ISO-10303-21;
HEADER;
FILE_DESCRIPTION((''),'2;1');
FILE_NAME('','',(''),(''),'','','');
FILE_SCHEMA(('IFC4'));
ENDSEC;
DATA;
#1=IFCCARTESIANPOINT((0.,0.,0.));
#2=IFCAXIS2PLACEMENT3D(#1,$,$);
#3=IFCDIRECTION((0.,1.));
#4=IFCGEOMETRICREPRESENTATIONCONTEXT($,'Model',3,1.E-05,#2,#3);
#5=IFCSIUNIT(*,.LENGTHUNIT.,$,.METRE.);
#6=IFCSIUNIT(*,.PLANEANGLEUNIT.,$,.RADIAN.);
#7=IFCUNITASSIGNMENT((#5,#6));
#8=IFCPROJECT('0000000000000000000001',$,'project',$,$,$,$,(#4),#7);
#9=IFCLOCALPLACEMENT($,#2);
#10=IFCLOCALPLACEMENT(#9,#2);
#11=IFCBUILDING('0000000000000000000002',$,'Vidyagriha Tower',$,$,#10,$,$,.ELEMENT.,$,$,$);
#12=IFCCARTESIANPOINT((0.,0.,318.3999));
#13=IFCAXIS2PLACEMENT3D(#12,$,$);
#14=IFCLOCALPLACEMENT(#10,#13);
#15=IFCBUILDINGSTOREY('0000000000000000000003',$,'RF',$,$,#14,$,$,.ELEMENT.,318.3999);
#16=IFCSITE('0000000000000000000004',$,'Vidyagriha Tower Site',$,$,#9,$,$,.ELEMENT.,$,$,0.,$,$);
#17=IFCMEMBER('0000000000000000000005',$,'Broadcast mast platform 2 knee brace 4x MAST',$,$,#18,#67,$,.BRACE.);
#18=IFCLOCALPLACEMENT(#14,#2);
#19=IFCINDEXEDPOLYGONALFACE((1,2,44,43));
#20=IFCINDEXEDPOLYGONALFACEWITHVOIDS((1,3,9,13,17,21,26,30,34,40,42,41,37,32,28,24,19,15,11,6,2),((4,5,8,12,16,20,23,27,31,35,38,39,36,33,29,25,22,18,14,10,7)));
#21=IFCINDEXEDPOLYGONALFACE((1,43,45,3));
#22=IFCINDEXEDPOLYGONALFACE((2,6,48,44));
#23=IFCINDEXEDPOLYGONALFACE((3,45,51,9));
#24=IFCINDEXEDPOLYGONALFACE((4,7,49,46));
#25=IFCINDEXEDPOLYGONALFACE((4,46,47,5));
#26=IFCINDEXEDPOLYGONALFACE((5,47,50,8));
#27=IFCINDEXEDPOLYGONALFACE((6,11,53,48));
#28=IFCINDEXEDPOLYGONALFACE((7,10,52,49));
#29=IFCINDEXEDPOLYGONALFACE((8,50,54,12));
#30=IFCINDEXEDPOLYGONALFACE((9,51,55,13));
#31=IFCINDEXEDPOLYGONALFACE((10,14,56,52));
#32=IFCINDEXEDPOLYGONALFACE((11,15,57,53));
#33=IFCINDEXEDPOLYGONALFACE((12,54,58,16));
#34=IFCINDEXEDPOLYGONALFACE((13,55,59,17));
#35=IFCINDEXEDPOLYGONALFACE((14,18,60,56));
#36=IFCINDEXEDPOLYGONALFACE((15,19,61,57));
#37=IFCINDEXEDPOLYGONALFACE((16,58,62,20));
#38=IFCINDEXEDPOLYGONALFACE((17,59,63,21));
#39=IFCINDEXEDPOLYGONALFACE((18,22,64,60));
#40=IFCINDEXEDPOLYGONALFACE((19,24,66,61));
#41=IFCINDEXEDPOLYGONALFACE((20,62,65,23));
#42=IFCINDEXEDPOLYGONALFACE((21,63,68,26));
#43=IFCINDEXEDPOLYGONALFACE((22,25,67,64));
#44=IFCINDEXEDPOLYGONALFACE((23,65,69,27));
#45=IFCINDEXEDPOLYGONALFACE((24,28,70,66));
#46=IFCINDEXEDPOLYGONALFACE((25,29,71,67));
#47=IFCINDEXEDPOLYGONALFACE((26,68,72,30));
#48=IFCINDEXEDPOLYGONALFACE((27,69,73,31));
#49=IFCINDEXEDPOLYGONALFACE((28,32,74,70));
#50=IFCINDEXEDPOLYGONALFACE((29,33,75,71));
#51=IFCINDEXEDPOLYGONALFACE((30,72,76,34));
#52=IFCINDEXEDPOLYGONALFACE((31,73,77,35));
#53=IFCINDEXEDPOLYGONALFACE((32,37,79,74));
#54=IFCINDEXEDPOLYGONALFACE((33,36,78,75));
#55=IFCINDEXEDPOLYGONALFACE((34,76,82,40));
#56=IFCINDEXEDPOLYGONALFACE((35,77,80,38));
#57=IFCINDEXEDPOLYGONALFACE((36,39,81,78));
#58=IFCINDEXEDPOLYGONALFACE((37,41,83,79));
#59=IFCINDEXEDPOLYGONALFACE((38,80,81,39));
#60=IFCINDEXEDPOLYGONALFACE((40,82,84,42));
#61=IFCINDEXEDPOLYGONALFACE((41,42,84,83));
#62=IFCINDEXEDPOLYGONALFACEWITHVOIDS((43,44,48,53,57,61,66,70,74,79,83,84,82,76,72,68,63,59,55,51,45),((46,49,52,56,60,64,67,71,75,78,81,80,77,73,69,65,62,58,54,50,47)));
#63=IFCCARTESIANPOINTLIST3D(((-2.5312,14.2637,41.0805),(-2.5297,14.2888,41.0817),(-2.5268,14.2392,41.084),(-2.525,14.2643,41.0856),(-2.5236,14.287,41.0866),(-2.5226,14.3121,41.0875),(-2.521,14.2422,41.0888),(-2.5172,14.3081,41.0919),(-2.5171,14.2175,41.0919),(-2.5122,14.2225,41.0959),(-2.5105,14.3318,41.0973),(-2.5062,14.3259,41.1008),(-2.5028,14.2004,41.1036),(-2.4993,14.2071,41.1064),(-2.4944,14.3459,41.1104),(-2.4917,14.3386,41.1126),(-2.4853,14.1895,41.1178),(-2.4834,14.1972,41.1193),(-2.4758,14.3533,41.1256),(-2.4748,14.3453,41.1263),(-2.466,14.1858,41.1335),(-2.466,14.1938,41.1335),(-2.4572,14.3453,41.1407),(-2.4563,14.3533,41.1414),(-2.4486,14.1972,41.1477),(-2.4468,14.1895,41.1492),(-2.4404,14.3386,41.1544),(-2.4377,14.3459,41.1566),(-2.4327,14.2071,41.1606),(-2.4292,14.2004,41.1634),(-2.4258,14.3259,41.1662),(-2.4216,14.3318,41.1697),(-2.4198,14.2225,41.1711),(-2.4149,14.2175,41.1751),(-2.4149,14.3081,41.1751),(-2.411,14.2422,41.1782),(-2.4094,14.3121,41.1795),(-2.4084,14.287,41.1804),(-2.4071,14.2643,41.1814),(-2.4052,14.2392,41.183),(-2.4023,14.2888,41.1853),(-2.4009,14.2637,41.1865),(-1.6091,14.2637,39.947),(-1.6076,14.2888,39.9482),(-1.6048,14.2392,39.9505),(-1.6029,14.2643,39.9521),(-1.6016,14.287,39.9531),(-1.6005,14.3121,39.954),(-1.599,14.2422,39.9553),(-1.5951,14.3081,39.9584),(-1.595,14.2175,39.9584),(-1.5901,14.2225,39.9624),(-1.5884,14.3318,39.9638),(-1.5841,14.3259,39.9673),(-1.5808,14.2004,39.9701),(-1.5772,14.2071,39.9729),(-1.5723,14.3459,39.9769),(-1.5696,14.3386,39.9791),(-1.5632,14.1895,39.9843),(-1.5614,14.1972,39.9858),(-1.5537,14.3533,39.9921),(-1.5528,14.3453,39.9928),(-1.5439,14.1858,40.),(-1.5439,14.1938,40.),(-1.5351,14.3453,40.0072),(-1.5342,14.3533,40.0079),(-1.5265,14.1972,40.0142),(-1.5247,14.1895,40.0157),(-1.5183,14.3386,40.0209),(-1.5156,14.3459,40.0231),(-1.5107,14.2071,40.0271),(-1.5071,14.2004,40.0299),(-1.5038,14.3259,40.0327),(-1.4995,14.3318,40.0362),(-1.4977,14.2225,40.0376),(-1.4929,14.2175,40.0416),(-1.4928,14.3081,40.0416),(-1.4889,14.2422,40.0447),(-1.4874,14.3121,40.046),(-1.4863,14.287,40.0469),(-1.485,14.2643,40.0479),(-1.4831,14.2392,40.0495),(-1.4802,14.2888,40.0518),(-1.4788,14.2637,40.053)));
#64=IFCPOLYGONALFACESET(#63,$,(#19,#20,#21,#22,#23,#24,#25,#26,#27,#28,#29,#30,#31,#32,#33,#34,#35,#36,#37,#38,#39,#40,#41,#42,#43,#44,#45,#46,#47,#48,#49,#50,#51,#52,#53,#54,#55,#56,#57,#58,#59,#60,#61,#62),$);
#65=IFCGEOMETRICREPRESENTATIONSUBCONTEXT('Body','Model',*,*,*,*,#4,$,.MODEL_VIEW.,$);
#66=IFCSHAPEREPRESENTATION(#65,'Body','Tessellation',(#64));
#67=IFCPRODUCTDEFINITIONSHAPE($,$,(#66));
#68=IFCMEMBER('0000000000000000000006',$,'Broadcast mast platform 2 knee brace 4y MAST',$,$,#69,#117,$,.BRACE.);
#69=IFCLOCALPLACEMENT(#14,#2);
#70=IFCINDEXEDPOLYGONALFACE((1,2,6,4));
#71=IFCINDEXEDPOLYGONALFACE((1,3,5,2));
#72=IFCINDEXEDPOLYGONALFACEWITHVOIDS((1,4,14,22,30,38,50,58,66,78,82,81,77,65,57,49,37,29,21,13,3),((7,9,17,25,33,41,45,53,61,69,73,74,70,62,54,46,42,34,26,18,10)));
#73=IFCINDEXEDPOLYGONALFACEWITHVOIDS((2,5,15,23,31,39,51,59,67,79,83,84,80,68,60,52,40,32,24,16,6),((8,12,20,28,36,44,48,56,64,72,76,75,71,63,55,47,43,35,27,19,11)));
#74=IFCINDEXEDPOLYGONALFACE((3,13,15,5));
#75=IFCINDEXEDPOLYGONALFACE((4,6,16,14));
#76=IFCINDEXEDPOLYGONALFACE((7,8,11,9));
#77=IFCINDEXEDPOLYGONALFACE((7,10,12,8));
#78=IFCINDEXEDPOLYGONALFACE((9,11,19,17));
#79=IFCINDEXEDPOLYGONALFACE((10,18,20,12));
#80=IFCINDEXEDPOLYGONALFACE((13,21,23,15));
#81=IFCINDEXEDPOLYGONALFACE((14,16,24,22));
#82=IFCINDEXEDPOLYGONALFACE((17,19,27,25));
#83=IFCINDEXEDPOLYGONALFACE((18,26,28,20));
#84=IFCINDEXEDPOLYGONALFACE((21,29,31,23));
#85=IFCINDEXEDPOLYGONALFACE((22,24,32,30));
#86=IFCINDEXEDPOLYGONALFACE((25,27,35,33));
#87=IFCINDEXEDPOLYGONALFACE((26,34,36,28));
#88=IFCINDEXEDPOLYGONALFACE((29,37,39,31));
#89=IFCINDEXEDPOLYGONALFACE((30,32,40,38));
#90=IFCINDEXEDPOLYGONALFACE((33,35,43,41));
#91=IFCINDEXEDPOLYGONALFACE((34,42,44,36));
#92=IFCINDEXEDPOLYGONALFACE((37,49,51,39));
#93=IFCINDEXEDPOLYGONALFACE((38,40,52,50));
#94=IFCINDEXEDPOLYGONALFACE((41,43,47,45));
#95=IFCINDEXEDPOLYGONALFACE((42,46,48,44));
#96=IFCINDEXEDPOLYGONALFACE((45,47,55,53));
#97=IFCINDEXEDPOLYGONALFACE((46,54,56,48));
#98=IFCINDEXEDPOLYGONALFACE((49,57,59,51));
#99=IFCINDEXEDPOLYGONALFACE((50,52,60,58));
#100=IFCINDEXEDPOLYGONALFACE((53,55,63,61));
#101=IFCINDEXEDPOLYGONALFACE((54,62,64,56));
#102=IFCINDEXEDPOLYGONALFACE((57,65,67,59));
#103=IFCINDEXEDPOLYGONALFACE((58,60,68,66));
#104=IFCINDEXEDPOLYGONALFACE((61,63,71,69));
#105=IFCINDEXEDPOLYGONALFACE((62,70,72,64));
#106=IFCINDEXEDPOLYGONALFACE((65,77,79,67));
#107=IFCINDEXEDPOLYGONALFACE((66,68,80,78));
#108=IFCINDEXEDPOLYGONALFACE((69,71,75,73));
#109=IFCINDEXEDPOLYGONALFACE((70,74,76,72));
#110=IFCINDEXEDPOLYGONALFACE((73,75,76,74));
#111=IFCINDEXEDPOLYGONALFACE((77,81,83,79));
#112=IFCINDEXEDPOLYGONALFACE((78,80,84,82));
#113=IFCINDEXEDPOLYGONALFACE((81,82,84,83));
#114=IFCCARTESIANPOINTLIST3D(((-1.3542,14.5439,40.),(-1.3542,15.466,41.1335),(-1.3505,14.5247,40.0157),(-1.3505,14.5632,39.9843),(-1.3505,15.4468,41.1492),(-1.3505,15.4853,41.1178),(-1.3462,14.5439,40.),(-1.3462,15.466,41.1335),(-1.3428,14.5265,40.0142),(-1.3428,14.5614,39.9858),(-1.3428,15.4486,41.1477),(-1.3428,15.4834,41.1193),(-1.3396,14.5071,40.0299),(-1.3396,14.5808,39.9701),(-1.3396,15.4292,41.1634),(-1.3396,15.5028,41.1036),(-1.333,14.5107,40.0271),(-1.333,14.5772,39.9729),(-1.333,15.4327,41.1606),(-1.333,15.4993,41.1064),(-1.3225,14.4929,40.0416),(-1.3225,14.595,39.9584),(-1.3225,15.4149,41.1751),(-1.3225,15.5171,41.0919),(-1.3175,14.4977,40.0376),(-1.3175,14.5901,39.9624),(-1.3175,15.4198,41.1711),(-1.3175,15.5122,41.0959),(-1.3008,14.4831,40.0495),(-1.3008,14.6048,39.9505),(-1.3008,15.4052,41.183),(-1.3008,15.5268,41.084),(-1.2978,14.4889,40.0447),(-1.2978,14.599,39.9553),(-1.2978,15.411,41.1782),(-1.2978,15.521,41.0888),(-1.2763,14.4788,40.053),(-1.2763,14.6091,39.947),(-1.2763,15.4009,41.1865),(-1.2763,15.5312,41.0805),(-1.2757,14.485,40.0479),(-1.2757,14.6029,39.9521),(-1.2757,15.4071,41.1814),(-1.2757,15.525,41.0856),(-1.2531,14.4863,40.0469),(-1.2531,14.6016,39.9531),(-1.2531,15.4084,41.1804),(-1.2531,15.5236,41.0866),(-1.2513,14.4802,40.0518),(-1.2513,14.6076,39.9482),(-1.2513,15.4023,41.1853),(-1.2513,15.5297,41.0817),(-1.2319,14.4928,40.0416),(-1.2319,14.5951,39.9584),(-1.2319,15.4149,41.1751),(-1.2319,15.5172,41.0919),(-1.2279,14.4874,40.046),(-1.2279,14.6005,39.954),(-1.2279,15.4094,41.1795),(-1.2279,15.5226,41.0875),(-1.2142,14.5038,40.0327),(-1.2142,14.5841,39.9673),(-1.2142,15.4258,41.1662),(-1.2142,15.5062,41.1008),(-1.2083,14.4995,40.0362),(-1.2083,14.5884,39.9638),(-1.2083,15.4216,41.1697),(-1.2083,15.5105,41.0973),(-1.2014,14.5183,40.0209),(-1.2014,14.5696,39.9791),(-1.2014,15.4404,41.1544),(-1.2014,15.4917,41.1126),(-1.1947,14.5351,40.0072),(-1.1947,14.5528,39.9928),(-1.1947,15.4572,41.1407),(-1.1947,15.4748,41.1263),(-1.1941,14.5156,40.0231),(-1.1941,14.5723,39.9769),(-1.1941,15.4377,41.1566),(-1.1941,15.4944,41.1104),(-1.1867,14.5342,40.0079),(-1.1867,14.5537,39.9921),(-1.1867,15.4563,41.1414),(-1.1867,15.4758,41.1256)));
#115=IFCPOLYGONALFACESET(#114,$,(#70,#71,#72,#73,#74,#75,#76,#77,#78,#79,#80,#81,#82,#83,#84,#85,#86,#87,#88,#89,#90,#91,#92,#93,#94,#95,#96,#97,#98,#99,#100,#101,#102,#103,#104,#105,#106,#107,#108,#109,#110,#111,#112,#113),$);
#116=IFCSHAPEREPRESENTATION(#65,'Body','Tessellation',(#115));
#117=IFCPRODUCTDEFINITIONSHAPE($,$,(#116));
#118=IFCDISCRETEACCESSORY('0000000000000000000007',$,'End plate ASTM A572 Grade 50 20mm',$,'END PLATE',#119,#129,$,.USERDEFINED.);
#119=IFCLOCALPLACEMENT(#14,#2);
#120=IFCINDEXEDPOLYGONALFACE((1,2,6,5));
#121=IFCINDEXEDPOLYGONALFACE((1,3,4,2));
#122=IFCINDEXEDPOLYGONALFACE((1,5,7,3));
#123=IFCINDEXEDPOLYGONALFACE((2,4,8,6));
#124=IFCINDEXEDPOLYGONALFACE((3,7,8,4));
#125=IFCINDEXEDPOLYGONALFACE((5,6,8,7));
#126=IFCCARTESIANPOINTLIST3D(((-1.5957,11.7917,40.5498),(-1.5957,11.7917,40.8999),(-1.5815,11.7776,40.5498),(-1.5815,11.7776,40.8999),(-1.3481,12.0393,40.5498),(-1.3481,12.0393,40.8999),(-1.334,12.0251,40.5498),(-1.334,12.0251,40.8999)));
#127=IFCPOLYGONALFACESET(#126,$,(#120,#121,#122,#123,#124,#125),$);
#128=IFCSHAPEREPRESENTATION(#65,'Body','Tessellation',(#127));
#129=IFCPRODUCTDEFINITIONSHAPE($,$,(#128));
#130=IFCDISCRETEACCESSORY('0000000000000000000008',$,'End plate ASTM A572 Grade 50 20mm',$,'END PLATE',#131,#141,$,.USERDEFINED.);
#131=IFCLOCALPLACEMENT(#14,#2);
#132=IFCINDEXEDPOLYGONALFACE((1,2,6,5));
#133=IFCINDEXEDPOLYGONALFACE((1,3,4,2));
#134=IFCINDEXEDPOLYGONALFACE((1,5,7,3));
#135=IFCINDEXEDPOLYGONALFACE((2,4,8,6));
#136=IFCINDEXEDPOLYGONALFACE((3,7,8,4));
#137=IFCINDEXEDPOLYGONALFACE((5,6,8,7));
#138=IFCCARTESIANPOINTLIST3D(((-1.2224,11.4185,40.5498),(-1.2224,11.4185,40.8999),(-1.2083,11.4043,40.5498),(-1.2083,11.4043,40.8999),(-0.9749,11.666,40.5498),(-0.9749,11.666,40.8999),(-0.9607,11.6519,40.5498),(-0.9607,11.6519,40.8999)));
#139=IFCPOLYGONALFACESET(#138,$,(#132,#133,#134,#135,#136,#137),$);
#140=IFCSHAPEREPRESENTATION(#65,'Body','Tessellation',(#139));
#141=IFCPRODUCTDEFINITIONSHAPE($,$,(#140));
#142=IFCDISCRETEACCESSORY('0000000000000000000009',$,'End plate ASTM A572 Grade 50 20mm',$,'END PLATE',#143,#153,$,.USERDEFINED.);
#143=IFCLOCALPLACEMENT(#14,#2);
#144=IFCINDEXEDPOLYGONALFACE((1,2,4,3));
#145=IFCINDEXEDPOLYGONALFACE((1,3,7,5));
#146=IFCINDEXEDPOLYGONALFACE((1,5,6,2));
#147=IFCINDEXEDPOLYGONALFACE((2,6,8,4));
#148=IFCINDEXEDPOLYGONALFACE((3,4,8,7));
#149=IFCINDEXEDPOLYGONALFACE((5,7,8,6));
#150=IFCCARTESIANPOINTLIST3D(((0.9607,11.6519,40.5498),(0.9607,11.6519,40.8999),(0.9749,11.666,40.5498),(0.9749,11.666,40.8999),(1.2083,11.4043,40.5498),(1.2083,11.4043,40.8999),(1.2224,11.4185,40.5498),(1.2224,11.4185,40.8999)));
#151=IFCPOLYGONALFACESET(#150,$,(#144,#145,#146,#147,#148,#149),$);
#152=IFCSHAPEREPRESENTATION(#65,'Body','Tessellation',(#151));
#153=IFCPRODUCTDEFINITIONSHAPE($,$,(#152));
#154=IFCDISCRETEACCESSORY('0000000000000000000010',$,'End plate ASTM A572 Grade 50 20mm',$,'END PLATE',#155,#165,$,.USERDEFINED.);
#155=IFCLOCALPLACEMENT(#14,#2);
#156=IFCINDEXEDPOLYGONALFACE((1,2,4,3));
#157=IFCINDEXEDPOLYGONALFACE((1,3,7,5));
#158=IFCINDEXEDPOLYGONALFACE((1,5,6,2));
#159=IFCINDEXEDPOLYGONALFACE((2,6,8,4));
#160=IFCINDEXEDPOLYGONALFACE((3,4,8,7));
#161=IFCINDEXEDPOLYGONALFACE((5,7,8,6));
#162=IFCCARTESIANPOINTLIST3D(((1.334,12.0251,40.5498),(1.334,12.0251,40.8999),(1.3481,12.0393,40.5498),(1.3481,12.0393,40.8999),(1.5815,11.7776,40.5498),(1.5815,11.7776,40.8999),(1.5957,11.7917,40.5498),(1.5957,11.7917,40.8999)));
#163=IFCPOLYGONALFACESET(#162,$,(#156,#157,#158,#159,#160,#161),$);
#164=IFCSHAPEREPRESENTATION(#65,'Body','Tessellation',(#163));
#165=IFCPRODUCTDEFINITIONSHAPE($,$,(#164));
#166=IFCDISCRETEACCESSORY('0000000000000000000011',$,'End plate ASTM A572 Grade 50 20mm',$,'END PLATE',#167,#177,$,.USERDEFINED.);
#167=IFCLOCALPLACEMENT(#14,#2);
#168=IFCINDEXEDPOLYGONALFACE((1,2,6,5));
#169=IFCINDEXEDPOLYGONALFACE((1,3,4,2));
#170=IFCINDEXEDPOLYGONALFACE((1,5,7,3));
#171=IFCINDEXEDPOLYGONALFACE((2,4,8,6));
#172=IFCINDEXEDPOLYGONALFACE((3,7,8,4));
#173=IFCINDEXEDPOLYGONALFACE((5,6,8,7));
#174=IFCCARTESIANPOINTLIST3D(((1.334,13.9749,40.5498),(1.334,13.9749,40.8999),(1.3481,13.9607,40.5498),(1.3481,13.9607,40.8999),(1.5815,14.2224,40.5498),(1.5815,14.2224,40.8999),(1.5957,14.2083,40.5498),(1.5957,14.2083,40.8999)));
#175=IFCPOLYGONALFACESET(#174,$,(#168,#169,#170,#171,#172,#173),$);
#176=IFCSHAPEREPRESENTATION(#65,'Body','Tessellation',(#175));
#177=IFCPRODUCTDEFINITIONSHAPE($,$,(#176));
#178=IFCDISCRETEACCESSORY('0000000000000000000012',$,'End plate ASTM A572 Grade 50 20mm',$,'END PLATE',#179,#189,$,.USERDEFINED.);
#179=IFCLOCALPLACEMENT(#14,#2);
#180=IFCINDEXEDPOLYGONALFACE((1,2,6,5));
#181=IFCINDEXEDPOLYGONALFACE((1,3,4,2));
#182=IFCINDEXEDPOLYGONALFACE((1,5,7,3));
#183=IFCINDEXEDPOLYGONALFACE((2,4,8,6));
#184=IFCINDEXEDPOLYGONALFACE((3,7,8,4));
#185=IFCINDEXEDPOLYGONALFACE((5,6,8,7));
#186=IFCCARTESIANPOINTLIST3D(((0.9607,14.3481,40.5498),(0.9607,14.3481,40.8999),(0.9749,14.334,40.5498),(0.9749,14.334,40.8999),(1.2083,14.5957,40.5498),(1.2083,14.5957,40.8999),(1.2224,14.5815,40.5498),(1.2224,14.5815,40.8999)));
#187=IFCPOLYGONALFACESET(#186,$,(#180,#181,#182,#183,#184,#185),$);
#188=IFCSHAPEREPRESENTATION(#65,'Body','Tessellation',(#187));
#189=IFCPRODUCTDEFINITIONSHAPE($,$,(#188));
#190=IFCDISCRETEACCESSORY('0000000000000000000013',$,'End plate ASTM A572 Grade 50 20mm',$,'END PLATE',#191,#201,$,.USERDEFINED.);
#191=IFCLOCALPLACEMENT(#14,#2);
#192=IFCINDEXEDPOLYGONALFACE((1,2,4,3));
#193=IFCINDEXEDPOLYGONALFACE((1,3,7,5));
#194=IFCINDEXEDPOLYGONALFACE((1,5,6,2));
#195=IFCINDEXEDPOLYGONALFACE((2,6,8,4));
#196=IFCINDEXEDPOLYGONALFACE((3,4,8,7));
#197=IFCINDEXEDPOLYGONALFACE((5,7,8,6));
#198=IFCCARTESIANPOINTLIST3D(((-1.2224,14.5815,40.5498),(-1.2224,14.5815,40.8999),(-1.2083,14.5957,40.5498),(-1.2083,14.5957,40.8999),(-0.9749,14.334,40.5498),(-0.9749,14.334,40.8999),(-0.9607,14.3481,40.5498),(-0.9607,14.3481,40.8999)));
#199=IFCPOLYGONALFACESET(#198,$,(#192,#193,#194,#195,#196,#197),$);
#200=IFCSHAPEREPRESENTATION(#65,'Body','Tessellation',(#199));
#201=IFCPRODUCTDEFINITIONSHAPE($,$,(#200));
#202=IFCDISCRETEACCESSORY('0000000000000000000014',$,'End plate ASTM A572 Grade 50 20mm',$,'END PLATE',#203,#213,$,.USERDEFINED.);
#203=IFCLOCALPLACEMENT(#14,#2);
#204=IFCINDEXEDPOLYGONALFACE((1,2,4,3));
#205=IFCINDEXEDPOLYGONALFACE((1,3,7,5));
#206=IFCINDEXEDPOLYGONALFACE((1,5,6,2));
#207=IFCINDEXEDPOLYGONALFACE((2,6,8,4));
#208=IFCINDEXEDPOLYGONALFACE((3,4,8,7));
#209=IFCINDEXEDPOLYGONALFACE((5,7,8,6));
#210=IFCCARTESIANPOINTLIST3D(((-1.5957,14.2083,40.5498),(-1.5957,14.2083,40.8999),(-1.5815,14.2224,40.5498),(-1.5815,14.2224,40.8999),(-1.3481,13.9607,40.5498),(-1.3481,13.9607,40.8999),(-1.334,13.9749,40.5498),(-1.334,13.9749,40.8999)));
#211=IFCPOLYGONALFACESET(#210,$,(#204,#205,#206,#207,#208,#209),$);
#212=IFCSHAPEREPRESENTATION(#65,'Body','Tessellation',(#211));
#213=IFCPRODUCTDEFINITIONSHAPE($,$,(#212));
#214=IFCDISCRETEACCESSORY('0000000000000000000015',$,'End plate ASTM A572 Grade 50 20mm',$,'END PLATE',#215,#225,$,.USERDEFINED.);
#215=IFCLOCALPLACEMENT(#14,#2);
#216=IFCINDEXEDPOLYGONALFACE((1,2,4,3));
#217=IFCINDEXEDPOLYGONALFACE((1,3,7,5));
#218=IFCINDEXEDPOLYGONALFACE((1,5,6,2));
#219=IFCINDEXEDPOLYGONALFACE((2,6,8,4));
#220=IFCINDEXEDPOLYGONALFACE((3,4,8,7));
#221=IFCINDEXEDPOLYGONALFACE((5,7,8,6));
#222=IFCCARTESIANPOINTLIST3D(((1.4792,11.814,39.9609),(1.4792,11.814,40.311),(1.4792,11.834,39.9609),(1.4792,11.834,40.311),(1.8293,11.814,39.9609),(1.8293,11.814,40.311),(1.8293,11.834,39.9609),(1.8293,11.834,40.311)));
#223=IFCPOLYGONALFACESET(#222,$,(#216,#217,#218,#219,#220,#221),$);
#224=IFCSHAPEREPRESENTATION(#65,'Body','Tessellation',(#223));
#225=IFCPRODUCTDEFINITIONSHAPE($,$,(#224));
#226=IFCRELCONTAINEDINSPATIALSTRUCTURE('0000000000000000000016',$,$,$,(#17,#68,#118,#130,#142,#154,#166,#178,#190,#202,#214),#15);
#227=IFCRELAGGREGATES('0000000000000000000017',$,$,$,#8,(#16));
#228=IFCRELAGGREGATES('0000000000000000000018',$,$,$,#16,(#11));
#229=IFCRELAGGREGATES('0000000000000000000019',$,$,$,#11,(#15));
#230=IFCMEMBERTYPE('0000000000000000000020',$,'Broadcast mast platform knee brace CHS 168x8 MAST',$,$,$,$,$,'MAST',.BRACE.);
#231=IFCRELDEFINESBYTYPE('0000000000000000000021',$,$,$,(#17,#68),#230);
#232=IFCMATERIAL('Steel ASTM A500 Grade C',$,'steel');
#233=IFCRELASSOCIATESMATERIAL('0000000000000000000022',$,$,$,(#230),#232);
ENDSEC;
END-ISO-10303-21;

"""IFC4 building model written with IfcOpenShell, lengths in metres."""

from ifc_helpers import new_model, si_unit, direction, frame, origin, origin_2d, place, context, subcontext, project, spatial, rectangle, hollow_circle, extrude, material, material_profile, profile_set, type_object, element, save


model = new_model("IFC4")

# Units and contexts
model_context = context("Model", 3, precision=1e-05, world=origin(), true_north=direction((0.0, 1.0)))
body_context = subcontext(model_context, "Body", "Model", "MODEL_VIEW")
ifc_project = project(units=[si_unit("LENGTHUNIT", "METRE"), si_unit("PLANEANGLEUNIT", "RADIAN")], contexts=[model_context])

# Site, building, storey
site_placement = place(None, origin())
site = spatial("IfcSite", under=ifc_project, at=site_placement, Name="Vidyagriha Tower Site", CompositionType="ELEMENT", RefElevation=0.0)
building_placement = place(site_placement, origin())
building = spatial("IfcBuilding", under=site, at=building_placement, Name="Vidyagriha Tower", CompositionType="ELEMENT")
storey_placement = place(building_placement, frame((0.0, 0.0, 318.3999)))
storey = spatial("IfcBuildingStorey", under=building, at=storey_placement, Name="RF", CompositionType="ELEMENT", Elevation=318.3999)

# Members
ifc_material_1 = material(Name="Steel ASTM A500 Grade C", Category="steel")
ifc_material_profile_1 = material_profile(ifc_material_1, hollow_circle(Radius=0.0842, WallThickness=0.0081, at=origin_2d()), Name="Broadcast mast platform knee brace CHS 168x8 MAST")
ifc_profile_set_1 = profile_set([ifc_material_profile_1], Name="Steel ASTM A500 Grade C")
member_type_1 = type_object("IfcMemberType", Name="Broadcast mast platform knee brace CHS 168x8 MAST", ElementType="MAST", PredefinedType="BRACE", material=ifc_profile_set_1)
for number, where, z_axis, x_axis, name in (
    (1, (-1.5439, 14.27, 40.0), (-0.631052, 0.0, 0.775741), (0.0, -1.0, 0.0), "Broadcast mast platform 2 knee brace 4x MAST"),
    (2, (-1.27, 14.5439, 40.0), (0.0, 0.631052, 0.775741), (-1.0, 0.0, 0.0), "Broadcast mast platform 2 knee brace 4y MAST"),
):
    element("IfcMember", number, at=place(storey_placement, frame(where, z_axis=z_axis, x_axis=x_axis)), inside=storey, type_object=member_type_1, Name=name, PredefinedType="BRACE", context=body_context, shape_type="SweptSolid", body=[
        extrude(hollow_circle(Radius=0.0842, WallThickness=0.0081, at=origin_2d()), origin(), (0.0, 0.0, 1.0), 1.4612),
    ])

# Discrete accessories
for number, where, z_axis, x_axis, name in (
    (3, (-1.4648, 11.9084, 40.5498), (0.0, 0.0, 1.0), (0.707107, 0.707107, 0.0), "End plate ASTM A572 Grade 50 20mm"),
    (4, (-1.0916, 11.5352, 40.5498), (0.0, 0.0, 1.0), (0.707107, 0.707107, 0.0), "End plate ASTM A572 Grade 50 20mm"),
    (5, (1.0916, 11.5352, 40.5498), (0.0, 0.0, 1.0), (-0.707107, 0.707107, 0.0), "End plate ASTM A572 Grade 50 20mm"),
    (6, (1.4648, 11.9084, 40.5498), (0.0, 0.0, 1.0), (-0.707107, 0.707107, 0.0), "End plate ASTM A572 Grade 50 20mm"),
    (7, (1.4648, 14.0916, 40.5498), (0.0, 0.0, 1.0), (-0.707107, -0.707107, 0.0), "End plate ASTM A572 Grade 50 20mm"),
    (8, (1.0916, 14.4648, 40.5498), (0.0, 0.0, 1.0), (-0.707107, -0.707107, 0.0), "End plate ASTM A572 Grade 50 20mm"),
    (9, (-1.0916, 14.4648, 40.5498), (0.0, 0.0, 1.0), (0.707107, -0.707107, 0.0), "End plate ASTM A572 Grade 50 20mm"),
    (10, (-1.4648, 14.0916, 40.5498), (0.0, 0.0, 1.0), (0.707107, -0.707107, 0.0), "End plate ASTM A572 Grade 50 20mm"),
    (11, (1.6543, 11.824, 39.9609), (0.0, 0.0, 1.0), (-1.0, 0.0, 0.0), "End plate ASTM A572 Grade 50 20mm"),
):
    element("IfcDiscreteAccessory", number, at=place(storey_placement, frame(where, z_axis=z_axis, x_axis=x_axis)), inside=storey, Name=name, ObjectType="END PLATE", PredefinedType="USERDEFINED", context=body_context, shape_type="SweptSolid", body=[
        extrude(rectangle(XDim=0.3501, YDim=0.02, at=origin_2d()), origin(), (0.0, 0.0, 1.0), 0.3501),
    ])

save(model, "model.ifc")
